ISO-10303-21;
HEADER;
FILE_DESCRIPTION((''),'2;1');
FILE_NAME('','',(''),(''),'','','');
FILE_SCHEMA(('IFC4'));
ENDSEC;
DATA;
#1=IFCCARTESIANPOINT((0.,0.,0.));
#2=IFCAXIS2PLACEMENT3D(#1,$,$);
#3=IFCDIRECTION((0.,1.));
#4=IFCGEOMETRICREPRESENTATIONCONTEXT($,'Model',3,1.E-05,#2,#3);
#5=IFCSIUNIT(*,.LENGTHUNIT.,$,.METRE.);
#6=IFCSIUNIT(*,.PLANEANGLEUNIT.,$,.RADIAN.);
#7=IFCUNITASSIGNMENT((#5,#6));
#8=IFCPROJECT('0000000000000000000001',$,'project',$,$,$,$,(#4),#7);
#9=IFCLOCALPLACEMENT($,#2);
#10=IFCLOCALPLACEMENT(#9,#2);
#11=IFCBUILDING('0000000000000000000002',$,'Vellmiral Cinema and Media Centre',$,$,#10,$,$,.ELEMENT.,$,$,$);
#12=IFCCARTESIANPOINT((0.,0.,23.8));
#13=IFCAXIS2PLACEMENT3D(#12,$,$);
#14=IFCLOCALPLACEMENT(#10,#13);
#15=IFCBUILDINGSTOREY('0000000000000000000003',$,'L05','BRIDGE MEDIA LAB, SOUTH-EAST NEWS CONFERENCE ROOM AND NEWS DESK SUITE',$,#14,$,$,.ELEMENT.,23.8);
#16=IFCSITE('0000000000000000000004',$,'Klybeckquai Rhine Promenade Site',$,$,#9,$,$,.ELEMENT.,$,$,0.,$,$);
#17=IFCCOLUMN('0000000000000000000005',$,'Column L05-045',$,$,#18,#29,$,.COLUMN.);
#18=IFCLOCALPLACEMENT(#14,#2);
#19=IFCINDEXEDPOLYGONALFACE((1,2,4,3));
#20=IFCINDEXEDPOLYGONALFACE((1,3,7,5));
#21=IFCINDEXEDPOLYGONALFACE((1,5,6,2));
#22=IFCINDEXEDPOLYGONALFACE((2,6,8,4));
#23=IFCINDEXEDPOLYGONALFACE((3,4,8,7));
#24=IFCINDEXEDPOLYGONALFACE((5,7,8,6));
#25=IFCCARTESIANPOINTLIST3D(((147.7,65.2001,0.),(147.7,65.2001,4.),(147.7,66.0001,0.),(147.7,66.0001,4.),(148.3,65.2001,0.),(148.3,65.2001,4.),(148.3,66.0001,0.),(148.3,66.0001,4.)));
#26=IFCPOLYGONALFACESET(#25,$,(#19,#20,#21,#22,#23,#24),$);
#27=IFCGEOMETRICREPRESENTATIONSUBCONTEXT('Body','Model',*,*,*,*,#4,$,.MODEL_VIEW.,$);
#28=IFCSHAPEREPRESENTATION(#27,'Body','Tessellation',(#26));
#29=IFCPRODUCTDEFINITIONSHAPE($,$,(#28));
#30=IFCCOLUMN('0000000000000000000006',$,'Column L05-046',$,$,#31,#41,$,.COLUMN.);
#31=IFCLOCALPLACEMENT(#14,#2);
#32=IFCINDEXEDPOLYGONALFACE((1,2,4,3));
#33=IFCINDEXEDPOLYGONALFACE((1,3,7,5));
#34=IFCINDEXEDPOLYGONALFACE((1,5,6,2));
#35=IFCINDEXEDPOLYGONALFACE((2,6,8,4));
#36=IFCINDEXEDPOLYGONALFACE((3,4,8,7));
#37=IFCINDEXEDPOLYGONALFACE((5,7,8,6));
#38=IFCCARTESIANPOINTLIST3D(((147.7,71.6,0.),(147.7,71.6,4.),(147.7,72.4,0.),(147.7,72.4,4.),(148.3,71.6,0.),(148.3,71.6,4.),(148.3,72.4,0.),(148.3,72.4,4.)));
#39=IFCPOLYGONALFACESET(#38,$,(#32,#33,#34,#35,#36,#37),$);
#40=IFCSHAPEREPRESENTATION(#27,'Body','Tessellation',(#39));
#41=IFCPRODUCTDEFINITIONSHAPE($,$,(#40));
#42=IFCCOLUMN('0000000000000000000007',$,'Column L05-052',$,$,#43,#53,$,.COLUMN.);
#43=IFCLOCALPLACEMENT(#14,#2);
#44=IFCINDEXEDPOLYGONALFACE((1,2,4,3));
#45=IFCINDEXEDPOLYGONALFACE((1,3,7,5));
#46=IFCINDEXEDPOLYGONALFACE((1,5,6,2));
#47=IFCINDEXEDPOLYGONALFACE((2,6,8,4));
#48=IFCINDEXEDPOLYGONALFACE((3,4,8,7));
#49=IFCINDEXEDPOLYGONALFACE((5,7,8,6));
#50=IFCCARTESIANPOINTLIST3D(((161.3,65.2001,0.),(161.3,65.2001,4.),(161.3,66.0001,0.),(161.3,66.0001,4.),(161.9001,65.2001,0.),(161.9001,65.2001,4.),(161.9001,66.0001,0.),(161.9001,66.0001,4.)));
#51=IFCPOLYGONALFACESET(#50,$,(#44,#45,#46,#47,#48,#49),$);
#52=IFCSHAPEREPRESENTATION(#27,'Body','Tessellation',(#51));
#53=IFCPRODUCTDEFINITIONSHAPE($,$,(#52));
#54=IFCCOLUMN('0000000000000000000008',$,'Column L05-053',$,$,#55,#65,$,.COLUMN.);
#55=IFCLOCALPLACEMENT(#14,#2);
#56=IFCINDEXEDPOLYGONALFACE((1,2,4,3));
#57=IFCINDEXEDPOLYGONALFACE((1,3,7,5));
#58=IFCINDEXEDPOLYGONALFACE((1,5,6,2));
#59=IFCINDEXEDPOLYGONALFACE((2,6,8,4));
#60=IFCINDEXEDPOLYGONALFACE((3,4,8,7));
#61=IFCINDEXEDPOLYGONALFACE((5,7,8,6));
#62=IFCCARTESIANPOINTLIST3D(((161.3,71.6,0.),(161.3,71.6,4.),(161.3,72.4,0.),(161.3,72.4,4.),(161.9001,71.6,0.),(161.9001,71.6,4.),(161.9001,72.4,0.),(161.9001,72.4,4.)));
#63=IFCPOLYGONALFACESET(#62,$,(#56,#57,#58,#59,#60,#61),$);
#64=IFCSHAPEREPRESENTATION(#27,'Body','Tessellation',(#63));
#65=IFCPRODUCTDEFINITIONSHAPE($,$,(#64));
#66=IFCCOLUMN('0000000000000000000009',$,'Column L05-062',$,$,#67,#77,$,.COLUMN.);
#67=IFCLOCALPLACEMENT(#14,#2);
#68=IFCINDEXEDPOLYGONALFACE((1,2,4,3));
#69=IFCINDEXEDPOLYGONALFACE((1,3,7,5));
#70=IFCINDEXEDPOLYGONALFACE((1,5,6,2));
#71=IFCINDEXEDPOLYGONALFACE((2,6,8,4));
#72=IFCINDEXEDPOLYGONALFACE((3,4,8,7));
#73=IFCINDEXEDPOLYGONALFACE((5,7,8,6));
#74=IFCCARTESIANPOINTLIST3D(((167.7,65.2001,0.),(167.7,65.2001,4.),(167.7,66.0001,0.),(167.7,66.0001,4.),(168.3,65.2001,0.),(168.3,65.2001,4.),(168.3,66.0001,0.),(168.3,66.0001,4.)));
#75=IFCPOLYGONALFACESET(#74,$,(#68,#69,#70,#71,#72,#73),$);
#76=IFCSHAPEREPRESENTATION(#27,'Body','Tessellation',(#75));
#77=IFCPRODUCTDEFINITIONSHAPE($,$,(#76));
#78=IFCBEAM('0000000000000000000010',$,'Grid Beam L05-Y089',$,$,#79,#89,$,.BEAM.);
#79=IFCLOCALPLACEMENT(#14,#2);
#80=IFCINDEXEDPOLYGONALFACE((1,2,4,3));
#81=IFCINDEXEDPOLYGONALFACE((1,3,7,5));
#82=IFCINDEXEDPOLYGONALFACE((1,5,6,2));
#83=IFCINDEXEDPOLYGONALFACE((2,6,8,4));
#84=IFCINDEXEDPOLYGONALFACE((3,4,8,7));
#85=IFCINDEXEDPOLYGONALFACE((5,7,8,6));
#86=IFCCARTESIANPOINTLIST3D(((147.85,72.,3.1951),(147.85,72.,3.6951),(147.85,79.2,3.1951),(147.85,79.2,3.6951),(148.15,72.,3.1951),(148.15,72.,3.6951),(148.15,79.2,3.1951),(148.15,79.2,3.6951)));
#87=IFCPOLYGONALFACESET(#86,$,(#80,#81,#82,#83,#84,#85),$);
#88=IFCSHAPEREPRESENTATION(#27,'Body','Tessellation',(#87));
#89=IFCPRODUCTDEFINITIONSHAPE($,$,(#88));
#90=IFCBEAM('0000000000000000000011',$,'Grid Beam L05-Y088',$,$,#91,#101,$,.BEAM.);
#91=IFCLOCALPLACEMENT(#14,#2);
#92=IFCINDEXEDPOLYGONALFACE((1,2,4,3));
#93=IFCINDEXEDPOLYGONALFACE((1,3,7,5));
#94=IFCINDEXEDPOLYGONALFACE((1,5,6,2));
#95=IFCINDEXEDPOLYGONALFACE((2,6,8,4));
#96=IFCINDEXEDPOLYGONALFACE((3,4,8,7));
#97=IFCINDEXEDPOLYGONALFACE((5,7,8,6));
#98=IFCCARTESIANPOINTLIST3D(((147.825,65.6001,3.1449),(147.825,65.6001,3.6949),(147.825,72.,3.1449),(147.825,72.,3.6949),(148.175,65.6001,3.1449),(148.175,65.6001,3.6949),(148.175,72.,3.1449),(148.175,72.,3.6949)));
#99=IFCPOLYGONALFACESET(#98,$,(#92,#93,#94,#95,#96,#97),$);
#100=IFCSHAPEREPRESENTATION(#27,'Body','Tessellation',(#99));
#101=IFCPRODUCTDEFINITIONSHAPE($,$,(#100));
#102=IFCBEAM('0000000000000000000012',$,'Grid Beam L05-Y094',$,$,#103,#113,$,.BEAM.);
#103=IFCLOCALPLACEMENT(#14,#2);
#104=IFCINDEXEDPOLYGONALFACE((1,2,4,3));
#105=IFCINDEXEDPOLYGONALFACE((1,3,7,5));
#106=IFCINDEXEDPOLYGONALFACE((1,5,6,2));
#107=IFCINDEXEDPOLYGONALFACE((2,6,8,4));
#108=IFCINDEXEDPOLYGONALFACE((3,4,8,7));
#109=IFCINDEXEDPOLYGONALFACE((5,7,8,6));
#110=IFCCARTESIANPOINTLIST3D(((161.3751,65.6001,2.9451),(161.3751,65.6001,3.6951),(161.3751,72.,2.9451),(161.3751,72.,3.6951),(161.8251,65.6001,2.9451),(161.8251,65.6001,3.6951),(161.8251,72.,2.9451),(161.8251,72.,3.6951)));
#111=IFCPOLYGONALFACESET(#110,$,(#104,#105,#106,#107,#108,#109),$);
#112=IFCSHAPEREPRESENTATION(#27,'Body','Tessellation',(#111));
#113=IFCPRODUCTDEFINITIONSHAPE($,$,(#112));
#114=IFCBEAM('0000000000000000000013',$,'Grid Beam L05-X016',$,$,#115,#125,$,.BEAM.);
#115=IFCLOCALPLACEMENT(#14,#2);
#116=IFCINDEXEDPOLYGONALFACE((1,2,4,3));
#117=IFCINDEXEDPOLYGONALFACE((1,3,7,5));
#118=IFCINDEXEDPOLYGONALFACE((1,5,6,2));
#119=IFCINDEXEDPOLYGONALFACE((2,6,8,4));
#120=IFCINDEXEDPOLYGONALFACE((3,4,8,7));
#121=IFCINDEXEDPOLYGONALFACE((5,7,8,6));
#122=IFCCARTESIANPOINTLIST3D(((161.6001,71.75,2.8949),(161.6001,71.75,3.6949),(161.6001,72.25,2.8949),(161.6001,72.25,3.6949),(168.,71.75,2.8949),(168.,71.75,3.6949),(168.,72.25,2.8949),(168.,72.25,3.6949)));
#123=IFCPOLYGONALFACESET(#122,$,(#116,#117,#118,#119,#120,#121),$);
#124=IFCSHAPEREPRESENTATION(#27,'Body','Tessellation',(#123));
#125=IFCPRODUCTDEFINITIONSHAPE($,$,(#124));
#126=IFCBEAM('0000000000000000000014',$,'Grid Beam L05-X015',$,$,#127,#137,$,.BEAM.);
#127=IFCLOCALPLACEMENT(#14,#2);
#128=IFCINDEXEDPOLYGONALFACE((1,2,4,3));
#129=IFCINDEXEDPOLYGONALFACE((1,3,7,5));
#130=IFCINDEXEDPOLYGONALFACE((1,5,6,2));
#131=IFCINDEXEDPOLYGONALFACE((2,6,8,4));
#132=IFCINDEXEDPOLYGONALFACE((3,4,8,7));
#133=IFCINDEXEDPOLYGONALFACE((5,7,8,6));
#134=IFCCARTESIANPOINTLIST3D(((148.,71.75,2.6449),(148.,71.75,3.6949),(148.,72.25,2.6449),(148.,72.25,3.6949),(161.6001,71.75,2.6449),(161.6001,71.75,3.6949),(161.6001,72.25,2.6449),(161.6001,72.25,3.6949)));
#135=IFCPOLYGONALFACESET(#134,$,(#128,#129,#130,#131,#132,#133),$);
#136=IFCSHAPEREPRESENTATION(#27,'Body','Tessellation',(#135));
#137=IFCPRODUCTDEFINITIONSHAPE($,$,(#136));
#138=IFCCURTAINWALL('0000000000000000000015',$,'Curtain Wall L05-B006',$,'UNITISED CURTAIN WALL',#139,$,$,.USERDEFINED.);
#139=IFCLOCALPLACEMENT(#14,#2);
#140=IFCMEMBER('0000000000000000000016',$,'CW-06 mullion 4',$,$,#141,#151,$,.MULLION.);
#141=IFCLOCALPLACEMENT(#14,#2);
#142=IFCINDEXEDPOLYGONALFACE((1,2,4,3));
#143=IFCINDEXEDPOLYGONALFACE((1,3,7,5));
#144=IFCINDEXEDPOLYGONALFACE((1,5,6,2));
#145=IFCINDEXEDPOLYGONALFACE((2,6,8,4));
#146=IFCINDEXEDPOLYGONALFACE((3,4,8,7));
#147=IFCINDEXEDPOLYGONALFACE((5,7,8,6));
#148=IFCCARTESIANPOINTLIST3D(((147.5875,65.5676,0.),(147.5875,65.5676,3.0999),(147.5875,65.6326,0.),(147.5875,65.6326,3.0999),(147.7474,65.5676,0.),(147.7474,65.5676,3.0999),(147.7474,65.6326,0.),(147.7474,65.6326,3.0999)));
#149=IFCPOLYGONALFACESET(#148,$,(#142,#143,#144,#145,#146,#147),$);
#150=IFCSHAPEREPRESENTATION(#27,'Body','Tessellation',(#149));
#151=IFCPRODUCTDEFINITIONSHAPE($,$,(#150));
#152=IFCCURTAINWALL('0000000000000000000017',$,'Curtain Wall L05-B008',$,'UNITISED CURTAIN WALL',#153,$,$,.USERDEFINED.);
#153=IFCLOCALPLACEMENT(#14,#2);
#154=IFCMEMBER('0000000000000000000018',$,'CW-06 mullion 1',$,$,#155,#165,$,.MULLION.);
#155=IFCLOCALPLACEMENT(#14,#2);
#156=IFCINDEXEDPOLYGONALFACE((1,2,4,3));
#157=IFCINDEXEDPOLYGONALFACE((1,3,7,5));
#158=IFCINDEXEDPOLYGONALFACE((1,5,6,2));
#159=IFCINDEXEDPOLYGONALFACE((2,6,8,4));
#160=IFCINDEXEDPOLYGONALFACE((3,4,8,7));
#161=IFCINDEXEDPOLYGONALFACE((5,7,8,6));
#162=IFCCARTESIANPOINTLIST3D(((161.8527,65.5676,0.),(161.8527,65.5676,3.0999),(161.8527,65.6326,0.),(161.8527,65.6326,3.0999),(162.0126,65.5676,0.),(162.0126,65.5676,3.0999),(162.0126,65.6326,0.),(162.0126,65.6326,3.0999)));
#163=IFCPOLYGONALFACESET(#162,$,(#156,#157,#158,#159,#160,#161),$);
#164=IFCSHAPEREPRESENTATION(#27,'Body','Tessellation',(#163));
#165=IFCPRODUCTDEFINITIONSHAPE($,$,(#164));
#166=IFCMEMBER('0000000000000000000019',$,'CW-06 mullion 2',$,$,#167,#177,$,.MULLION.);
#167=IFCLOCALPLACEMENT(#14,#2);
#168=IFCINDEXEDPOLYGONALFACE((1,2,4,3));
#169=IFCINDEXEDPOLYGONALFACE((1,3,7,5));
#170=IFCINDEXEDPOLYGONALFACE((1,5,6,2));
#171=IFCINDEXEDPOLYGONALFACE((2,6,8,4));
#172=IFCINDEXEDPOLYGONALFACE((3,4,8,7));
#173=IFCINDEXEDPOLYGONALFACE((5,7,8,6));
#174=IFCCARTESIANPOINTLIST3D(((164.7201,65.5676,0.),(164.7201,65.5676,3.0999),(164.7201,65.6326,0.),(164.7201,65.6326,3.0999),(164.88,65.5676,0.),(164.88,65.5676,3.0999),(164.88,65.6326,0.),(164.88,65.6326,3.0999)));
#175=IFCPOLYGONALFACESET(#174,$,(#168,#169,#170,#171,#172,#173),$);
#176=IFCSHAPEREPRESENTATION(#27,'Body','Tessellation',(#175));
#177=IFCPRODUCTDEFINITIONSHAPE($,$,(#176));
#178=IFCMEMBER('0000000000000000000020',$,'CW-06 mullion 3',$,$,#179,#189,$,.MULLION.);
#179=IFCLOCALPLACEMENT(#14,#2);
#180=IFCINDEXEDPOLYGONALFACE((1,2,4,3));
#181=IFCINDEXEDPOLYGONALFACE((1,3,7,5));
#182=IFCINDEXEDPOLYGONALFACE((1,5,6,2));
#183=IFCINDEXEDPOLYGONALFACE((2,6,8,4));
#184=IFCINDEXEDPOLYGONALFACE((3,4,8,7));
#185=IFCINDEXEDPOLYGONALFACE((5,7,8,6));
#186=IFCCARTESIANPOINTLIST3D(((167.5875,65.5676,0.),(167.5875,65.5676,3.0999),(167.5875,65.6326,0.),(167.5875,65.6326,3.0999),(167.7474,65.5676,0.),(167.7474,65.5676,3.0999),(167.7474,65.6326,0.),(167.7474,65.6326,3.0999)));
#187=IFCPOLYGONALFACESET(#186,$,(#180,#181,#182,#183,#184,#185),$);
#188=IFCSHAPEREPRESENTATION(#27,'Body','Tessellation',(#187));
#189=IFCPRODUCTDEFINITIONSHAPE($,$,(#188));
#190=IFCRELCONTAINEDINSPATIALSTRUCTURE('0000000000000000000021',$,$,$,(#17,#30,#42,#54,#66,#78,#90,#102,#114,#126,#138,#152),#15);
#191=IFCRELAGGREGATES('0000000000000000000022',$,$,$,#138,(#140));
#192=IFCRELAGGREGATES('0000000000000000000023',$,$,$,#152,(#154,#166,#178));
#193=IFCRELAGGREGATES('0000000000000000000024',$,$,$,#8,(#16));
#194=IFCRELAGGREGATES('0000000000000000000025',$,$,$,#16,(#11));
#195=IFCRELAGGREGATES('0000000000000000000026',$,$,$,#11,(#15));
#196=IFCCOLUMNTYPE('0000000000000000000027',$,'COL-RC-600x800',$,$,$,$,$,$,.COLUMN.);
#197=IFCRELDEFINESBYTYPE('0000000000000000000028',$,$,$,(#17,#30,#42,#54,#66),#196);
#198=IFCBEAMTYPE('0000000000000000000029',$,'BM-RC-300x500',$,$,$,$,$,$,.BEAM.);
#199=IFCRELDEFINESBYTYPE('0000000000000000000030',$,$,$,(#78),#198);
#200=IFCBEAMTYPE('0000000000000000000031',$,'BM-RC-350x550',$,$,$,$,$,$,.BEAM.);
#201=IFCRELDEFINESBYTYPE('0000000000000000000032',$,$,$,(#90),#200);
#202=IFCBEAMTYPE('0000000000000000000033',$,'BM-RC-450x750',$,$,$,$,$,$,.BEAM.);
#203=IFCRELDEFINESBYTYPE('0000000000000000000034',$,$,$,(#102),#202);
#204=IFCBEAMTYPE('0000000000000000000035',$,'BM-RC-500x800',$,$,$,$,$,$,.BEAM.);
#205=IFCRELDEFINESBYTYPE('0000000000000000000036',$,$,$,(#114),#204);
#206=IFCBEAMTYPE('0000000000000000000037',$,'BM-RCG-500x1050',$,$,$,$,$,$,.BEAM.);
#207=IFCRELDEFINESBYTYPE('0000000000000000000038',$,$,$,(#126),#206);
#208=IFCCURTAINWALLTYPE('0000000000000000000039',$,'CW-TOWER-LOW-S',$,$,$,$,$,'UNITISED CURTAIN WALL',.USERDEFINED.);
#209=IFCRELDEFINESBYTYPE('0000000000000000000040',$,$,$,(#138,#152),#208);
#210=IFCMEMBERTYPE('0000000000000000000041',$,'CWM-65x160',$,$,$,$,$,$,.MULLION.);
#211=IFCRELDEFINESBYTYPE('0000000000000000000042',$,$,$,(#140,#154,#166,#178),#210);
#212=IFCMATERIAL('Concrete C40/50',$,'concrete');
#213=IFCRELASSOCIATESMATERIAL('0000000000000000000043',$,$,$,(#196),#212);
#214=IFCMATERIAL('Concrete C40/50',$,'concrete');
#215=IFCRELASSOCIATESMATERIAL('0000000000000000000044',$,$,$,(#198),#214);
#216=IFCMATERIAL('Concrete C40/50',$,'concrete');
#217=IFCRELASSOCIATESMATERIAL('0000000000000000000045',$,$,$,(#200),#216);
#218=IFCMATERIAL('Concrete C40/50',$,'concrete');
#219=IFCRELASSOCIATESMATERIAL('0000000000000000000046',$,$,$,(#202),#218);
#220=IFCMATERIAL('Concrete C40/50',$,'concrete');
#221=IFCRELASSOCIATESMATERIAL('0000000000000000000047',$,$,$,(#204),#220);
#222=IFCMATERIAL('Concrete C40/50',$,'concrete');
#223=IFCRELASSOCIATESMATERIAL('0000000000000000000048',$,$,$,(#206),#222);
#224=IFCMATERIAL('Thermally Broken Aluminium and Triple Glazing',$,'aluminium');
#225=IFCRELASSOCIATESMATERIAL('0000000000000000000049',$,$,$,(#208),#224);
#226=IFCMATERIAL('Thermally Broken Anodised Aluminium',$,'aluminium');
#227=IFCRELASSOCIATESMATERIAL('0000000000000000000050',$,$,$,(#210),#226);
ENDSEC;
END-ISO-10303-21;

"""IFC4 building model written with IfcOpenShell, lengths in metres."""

from ifc_helpers import new_model, si_unit, direction, frame, origin, origin_2d, place, context, subcontext, project, spatial, rectangle, extrude, material, material_profile, profile_set, type_object, element, aggregate, save


model = new_model("IFC4")

# Units and contexts
model_context = context("Model", 3, precision=1e-05, world=origin(), true_north=direction((0.0, 1.0)))
body_context = subcontext(model_context, "Body", "Model", "MODEL_VIEW")
ifc_project = project(units=[si_unit("LENGTHUNIT", "METRE"), si_unit("PLANEANGLEUNIT", "RADIAN")], contexts=[model_context])

# Site, building, storey
site_placement = place(None, origin())
site = spatial("IfcSite", under=ifc_project, at=site_placement, Name="Klybeckquai Rhine Promenade Site", CompositionType="ELEMENT", RefElevation=0.0)
building_placement = place(site_placement, origin())
building = spatial("IfcBuilding", under=site, at=building_placement, Name="Vellmiral Cinema and Media Centre", CompositionType="ELEMENT")
storey_placement = place(building_placement, frame((0.0, 0.0, 23.8)))
storey = spatial("IfcBuildingStorey", under=building, at=storey_placement, Name="L05", Description="BRIDGE MEDIA LAB, SOUTH-EAST NEWS CONFERENCE ROOM AND NEWS DESK SUITE", CompositionType="ELEMENT", Elevation=23.8)

# Columns
ifc_material_1 = material(Name="Concrete C40/50", Category="concrete")
ifc_material_profile_1 = material_profile(ifc_material_1, rectangle(XDim=0.6001, YDim=0.8, at=origin_2d()), Name="RC 600x800")
ifc_profile_set_1 = profile_set([ifc_material_profile_1], Name="Concrete C40/50")
column_type = type_object("IfcColumnType", Name="COL-RC-600x800", PredefinedType="COLUMN", material=ifc_profile_set_1)
for number, where, z_axis, x_axis, name in (
    (1, (148.0, 65.6001, 0.0), (0.0, 0.0, 1.0), (1.0, 0.0, 0.0), "Column L05-045"),
    (2, (148.0, 72.0, 0.0), (0.0, 0.0, 1.0), (1.0, 0.0, 0.0), "Column L05-046"),
    (3, (161.6001, 65.6001, 0.0), (0.0, 0.0, 1.0), (1.0, 0.0, 0.0), "Column L05-052"),
    (4, (161.6001, 72.0, 0.0), (0.0, 0.0, 1.0), (1.0, 0.0, 0.0), "Column L05-053"),
    (5, (168.0, 65.6001, 0.0), (0.0, 0.0, 1.0), (1.0, 0.0, 0.0), "Column L05-062"),
):
    element("IfcColumn", number, at=place(storey_placement, frame(where, z_axis=z_axis, x_axis=x_axis)), inside=storey, type_object=column_type, Name=name, PredefinedType="COLUMN", context=body_context, shape_type="SweptSolid", body=[
        extrude(rectangle(XDim=0.6001, YDim=0.8, at=origin_2d()), origin(), (0.0, 0.0, 1.0), 4.0),
    ])

# Beams
ifc_material_2 = material(Name="Concrete C40/50", Category="concrete")
ifc_material_profile_2 = material_profile(ifc_material_2, rectangle(XDim=0.3, YDim=0.5, at=origin_2d()), Name="RC 300x500")
ifc_profile_set_2 = profile_set([ifc_material_profile_2], Name="Concrete C40/50")
beam_type_1 = type_object("IfcBeamType", Name="BM-RC-300x500", PredefinedType="BEAM", material=ifc_profile_set_2)
beam_1_placement = place(storey_placement, frame((148.0, 72.0, 3.4451), z_axis=(0.0, 1.0, 0.0), x_axis=(-1.0, 0.0, 0.0)))
element("IfcBeam", 6, at=beam_1_placement, inside=storey, type_object=beam_type_1, Name="Grid Beam L05-Y089", PredefinedType="BEAM", context=body_context, shape_type="SweptSolid", body=[
    extrude(rectangle(XDim=0.3, YDim=0.5, at=origin_2d()), origin(), (0.0, 0.0, 1.0), 7.2),
])
ifc_material_3 = material(Name="Concrete C40/50", Category="concrete")
ifc_material_profile_3 = material_profile(ifc_material_3, rectangle(XDim=0.3501, YDim=0.55, at=origin_2d()), Name="RC 350x550")
ifc_profile_set_3 = profile_set([ifc_material_profile_3], Name="Concrete C40/50")
beam_type_2 = type_object("IfcBeamType", Name="BM-RC-350x550", PredefinedType="BEAM", material=ifc_profile_set_3)
beam_2_placement = place(storey_placement, frame((148.0, 65.6001, 3.4199), z_axis=(0.0, 1.0, 0.0), x_axis=(-1.0, 0.0, 0.0)))
element("IfcBeam", 7, at=beam_2_placement, inside=storey, type_object=beam_type_2, Name="Grid Beam L05-Y088", PredefinedType="BEAM", context=body_context, shape_type="SweptSolid", body=[
    extrude(rectangle(XDim=0.3501, YDim=0.55, at=origin_2d()), origin(), (0.0, 0.0, 1.0), 6.3999),
])
ifc_material_4 = material(Name="Concrete C40/50", Category="concrete")
ifc_material_profile_4 = material_profile(ifc_material_4, rectangle(XDim=0.45, YDim=0.75, at=origin_2d()), Name="RC 450x750")
ifc_profile_set_4 = profile_set([ifc_material_profile_4], Name="Concrete C40/50")
beam_type_3 = type_object("IfcBeamType", Name="BM-RC-450x750", PredefinedType="BEAM", material=ifc_profile_set_4)
beam_3_placement = place(storey_placement, frame((161.6001, 65.6001, 3.3201), z_axis=(0.0, 1.0, 0.0), x_axis=(-1.0, 0.0, 0.0)))
element("IfcBeam", 8, at=beam_3_placement, inside=storey, type_object=beam_type_3, Name="Grid Beam L05-Y094", PredefinedType="BEAM", context=body_context, shape_type="SweptSolid", body=[
    extrude(rectangle(XDim=0.45, YDim=0.75, at=origin_2d()), origin(), (0.0, 0.0, 1.0), 6.3999),
])
ifc_material_5 = material(Name="Concrete C40/50", Category="concrete")
ifc_material_profile_5 = material_profile(ifc_material_5, rectangle(XDim=0.5, YDim=0.8, at=origin_2d()), Name="RC 500x800")
ifc_profile_set_5 = profile_set([ifc_material_profile_5], Name="Concrete C40/50")
beam_type_4 = type_object("IfcBeamType", Name="BM-RC-500x800", PredefinedType="BEAM", material=ifc_profile_set_5)
beam_4_placement = place(storey_placement, frame((161.6001, 72.0, 3.2949), z_axis=(1.0, 0.0, 0.0), x_axis=(0.0, 1.0, 0.0)))
element("IfcBeam", 9, at=beam_4_placement, inside=storey, type_object=beam_type_4, Name="Grid Beam L05-X016", PredefinedType="BEAM", context=body_context, shape_type="SweptSolid", body=[
    extrude(rectangle(XDim=0.5, YDim=0.8, at=origin_2d()), origin(), (0.0, 0.0, 1.0), 6.3999),
])
ifc_material_6 = material(Name="Concrete C40/50", Category="concrete")
ifc_material_profile_6 = material_profile(ifc_material_6, rectangle(XDim=0.5, YDim=1.05, at=origin_2d()), Name="RC 500x1050")
ifc_profile_set_6 = profile_set([ifc_material_profile_6], Name="Concrete C40/50")
beam_type_5 = type_object("IfcBeamType", Name="BM-RCG-500x1050", PredefinedType="BEAM", material=ifc_profile_set_6)
beam_5_placement = place(storey_placement, frame((148.0, 72.0, 3.1699), z_axis=(1.0, 0.0, 0.0), x_axis=(0.0, 1.0, 0.0)))
element("IfcBeam", 10, at=beam_5_placement, inside=storey, type_object=beam_type_5, Name="Grid Beam L05-X015", PredefinedType="BEAM", context=body_context, shape_type="SweptSolid", body=[
    extrude(rectangle(XDim=0.5, YDim=1.05, at=origin_2d()), origin(), (0.0, 0.0, 1.0), 13.6001),
])

# Curtain wall, member
ifc_material_7 = material(Name="Thermally Broken Aluminium and Triple Glazing", Category="aluminium")
curtain_wall_type = type_object("IfcCurtainWallType", Name="CW-TOWER-LOW-S", ElementType="UNITISED CURTAIN WALL", PredefinedType="USERDEFINED", material=ifc_material_7)
curtain_wall_1_placement = place(storey_placement, origin())
curtain_wall_1 = element("IfcCurtainWall", 11, at=curtain_wall_1_placement, inside=storey, type_object=curtain_wall_type, Name="Curtain Wall L05-B006", ObjectType="UNITISED CURTAIN WALL", PredefinedType="USERDEFINED")
ifc_material_8 = material(Name="Thermally Broken Anodised Aluminium", Category="aluminium")
ifc_material_profile_7 = material_profile(ifc_material_8, rectangle(XDim=0.0649, YDim=0.1599, at=origin_2d()), Name="MULL 65x160")
ifc_profile_set_7 = profile_set([ifc_material_profile_7], Name="Thermally Broken Anodised Aluminium")
member_type_1 = type_object("IfcMemberType", Name="CWM-65x160", PredefinedType="MULLION", material=ifc_profile_set_7)
member_1_placement = place(storey_placement, frame((147.6675, 65.6001, 0.0), z_axis=(0.0, 0.0, 1.0), x_axis=(0.0, 1.0, 0.0)))
member_1 = element("IfcMember", 12, at=member_1_placement, type_object=member_type_1, Name="CW-06 mullion 4", PredefinedType="MULLION", context=body_context, shape_type="SweptSolid", body=[
    extrude(rectangle(XDim=0.0649, YDim=0.1599, at=origin_2d()), origin(), (0.0, 0.0, 1.0), 3.0999),
])
aggregate(curtain_wall_1, [member_1])

# Curtain wall, members
curtain_wall_2_placement = place(storey_placement, origin())
curtain_wall_2 = element("IfcCurtainWall", 13, at=curtain_wall_2_placement, inside=storey, type_object=curtain_wall_type, Name="Curtain Wall L05-B008", ObjectType="UNITISED CURTAIN WALL", PredefinedType="USERDEFINED")
member_2_placement = place(storey_placement, frame((161.9326, 65.6001, 0.0), z_axis=(0.0, 0.0, 1.0), x_axis=(0.0, 1.0, 0.0)))
member_2 = element("IfcMember", 14, at=member_2_placement, type_object=member_type_1, Name="CW-06 mullion 1", PredefinedType="MULLION", context=body_context, shape_type="SweptSolid", body=[
    extrude(rectangle(XDim=0.0649, YDim=0.1599, at=origin_2d()), origin(), (0.0, 0.0, 1.0), 3.0999),
])
member_3_placement = place(storey_placement, frame((164.8, 65.6001, 0.0), z_axis=(0.0, 0.0, 1.0), x_axis=(0.0, 1.0, 0.0)))
member_3 = element("IfcMember", 15, at=member_3_placement, type_object=member_type_1, Name="CW-06 mullion 2", PredefinedType="MULLION", context=body_context, shape_type="SweptSolid", body=[
    extrude(rectangle(XDim=0.0649, YDim=0.1599, at=origin_2d()), origin(), (0.0, 0.0, 1.0), 3.0999),
])
member_4_placement = place(storey_placement, frame((167.6675, 65.6001, 0.0), z_axis=(0.0, 0.0, 1.0), x_axis=(0.0, 1.0, 0.0)))
member_4 = element("IfcMember", 16, at=member_4_placement, type_object=member_type_1, Name="CW-06 mullion 3", PredefinedType="MULLION", context=body_context, shape_type="SweptSolid", body=[
    extrude(rectangle(XDim=0.0649, YDim=0.1599, at=origin_2d()), origin(), (0.0, 0.0, 1.0), 3.0999),
])

aggregate(curtain_wall_2, [member_2, member_3, member_4])

save(model, "model.ifc")
